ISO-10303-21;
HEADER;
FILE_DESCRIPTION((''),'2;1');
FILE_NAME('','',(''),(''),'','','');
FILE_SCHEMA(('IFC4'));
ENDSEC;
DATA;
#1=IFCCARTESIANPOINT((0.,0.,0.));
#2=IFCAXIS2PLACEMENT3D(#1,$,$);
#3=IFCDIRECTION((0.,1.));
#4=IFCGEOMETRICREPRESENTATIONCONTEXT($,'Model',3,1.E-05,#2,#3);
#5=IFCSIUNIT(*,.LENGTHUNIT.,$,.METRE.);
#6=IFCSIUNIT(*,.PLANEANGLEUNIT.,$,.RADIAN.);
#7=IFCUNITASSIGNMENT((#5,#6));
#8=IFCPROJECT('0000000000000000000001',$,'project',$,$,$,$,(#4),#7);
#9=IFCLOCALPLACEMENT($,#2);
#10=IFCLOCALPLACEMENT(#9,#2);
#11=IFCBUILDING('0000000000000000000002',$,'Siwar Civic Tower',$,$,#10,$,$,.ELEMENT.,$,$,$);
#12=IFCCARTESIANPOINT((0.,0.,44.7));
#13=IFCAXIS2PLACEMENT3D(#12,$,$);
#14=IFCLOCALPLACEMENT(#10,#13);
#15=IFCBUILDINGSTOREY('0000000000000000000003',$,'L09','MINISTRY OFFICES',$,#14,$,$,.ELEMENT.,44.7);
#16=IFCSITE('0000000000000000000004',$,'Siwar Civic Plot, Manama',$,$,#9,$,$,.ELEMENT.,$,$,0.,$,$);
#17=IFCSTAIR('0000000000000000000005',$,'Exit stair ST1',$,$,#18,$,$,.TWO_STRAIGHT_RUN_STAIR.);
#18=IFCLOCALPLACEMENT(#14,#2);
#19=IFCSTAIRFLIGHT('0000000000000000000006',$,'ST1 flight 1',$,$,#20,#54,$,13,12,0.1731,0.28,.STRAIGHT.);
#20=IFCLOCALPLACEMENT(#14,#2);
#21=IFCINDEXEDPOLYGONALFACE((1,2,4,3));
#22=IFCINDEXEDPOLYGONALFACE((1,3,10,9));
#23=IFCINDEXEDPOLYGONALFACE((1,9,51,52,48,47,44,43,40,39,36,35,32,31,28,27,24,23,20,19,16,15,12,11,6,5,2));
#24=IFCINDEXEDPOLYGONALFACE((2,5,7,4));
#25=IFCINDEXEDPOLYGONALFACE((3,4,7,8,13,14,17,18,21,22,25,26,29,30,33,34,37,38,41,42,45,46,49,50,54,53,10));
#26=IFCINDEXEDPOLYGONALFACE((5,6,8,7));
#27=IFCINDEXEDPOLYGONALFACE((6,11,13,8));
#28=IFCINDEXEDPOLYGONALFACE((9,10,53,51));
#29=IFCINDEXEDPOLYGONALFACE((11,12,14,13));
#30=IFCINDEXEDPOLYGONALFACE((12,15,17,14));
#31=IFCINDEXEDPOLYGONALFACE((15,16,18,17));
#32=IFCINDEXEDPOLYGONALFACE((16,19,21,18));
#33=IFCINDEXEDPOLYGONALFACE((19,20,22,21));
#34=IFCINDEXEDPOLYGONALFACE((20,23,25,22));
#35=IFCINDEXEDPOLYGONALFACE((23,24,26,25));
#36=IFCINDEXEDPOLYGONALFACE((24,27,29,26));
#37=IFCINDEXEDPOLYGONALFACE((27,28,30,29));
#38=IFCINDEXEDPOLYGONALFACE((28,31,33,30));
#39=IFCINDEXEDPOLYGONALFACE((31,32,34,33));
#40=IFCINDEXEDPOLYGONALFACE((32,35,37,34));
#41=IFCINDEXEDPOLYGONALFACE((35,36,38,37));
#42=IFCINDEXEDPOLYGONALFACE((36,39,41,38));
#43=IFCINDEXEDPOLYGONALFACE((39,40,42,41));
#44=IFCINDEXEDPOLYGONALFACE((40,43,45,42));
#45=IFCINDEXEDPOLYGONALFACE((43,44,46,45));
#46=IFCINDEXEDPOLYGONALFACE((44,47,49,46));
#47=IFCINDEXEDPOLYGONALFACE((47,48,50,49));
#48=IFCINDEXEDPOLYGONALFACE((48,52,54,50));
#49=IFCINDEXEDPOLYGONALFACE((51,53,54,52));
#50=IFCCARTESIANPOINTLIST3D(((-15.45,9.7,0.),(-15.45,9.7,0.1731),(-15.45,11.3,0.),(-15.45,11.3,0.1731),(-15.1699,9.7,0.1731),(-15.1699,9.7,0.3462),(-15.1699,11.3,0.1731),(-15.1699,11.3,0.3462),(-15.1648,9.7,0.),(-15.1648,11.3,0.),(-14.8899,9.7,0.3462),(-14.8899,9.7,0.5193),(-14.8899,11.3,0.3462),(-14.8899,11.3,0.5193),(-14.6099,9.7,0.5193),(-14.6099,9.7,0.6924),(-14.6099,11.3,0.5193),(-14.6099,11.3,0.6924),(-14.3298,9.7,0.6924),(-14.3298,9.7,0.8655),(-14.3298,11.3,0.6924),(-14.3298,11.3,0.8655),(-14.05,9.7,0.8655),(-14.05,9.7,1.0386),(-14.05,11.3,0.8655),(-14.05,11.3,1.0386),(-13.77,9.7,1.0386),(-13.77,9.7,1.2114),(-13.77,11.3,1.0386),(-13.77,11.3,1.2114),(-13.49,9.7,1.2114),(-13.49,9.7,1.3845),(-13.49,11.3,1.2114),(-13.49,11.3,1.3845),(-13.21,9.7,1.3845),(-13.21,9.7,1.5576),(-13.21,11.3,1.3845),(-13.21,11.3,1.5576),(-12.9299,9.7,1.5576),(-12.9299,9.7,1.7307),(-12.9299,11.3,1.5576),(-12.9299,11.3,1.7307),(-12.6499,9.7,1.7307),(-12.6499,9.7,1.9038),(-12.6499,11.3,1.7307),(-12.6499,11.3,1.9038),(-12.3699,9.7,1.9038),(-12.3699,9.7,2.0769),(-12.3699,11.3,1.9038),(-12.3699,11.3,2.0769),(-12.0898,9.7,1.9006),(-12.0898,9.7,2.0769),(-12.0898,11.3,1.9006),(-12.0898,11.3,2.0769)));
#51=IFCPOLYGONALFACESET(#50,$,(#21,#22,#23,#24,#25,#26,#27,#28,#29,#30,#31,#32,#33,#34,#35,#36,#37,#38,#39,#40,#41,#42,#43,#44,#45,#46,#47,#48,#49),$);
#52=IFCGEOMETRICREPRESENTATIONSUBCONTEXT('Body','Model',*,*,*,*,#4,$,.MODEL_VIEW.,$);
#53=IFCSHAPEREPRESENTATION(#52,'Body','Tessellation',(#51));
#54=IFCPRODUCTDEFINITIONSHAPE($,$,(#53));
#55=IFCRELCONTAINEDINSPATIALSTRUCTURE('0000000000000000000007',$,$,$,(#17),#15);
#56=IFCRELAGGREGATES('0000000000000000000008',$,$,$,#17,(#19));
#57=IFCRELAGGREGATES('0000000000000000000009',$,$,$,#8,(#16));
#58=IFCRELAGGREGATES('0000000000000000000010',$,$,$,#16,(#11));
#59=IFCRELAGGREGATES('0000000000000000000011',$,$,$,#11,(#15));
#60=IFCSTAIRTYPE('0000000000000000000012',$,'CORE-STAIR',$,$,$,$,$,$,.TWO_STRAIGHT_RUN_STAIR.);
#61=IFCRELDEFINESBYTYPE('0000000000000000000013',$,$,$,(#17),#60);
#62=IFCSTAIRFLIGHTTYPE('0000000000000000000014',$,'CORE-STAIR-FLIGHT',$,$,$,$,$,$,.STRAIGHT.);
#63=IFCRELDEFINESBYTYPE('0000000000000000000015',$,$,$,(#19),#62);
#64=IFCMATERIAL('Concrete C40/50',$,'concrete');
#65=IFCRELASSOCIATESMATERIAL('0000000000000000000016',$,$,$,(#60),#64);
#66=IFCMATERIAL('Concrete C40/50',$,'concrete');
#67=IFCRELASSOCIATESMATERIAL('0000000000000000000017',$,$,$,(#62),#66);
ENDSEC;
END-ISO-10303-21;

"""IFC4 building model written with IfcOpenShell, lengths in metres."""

from ifc_helpers import new_model, si_unit, direction, frame, origin, place, context, subcontext, project, spatial, polyline, outline, extrude, material, type_object, element, aggregate, save


model = new_model("IFC4")

# Units and contexts
model_context = context("Model", 3, precision=1e-05, world=origin(), true_north=direction((0.0, 1.0)))
body_context = subcontext(model_context, "Body", "Model", "MODEL_VIEW")
ifc_project = project(units=[si_unit("LENGTHUNIT", "METRE"), si_unit("PLANEANGLEUNIT", "RADIAN")], contexts=[model_context])

# Site, building, storey
site_placement = place(None, origin())
site = spatial("IfcSite", under=ifc_project, at=site_placement, Name="Siwar Civic Plot, Manama", CompositionType="ELEMENT", RefElevation=0.0)
building_placement = place(site_placement, origin())
building = spatial("IfcBuilding", under=site, at=building_placement, Name="Siwar Civic Tower", CompositionType="ELEMENT")
storey_placement = place(building_placement, frame((0.0, 0.0, 44.7)))
storey = spatial("IfcBuildingStorey", under=building, at=storey_placement, Name="L09", Description="MINISTRY OFFICES", CompositionType="ELEMENT", Elevation=44.7)

# Stair
ifc_material_1 = material(Name="Concrete C40/50", Category="concrete")
stair_type = type_object("IfcStairType", Name="CORE-STAIR", PredefinedType="TWO_STRAIGHT_RUN_STAIR", material=ifc_material_1)
stair_1_placement = place(storey_placement, origin())
stair_1 = element("IfcStair", 1, at=stair_1_placement, inside=storey, type_object=stair_type, Name="Exit stair ST1", PredefinedType="TWO_STRAIGHT_RUN_STAIR")

# Stair flight
ifc_material_2 = material(Name="Concrete C40/50", Category="concrete")
stair_flight_type = type_object("IfcStairFlightType", Name="CORE-STAIR-FLIGHT", PredefinedType="STRAIGHT", material=ifc_material_2)
stair_flight_placement = place(storey_placement, frame((-15.45, 10.5, 0.0), z_axis=(0.0, 0.0, 1.0), x_axis=(1.0, 0.0, 0.0)))
stair_flight = element("IfcStairFlight", 2, at=stair_flight_placement, type_object=stair_flight_type, Name="ST1 flight 1", NumberOfRisers=13, NumberOfTreads=12, PredefinedType="STRAIGHT", RiserHeight=0.1731, TreadLength=0.28, context=body_context, shape_type="SweptSolid", body=[
    extrude(outline(polyline([(0.0, 0.0), (0.0, 0.1731), (0.28, 0.1731), (0.28, 0.3462), (0.5601, 0.3462), (0.5601, 0.5193), (0.8401, 0.5193), (0.8401, 0.6924), (1.1201, 0.6924), (1.1201, 0.8655), (1.3999, 0.8655), (1.3999, 1.0386), (1.6799, 1.0386), (1.6799, 1.2114), (1.96, 1.2114), (1.96, 1.3845), (2.24, 1.3845), (2.24, 1.5576), (2.52, 1.5576), (2.52, 1.7307), (2.8, 1.7307), (2.8, 1.9038), (3.0801, 1.9038), (3.0801, 2.0769), (3.3601, 2.0769), (3.3601, 2.25), (3.3601, 1.9006), (0.2852, 0.0), (0.0, 0.0)])), frame((0.0, 0.8, 0.0), z_axis=(0.0, -1.0, 0.0), x_axis=(1.0, 0.0, 0.0)), (0.0, 0.0, 1.0), 1.6001),
])
aggregate(stair_1, [stair_flight])

save(model, "model.ifc")
